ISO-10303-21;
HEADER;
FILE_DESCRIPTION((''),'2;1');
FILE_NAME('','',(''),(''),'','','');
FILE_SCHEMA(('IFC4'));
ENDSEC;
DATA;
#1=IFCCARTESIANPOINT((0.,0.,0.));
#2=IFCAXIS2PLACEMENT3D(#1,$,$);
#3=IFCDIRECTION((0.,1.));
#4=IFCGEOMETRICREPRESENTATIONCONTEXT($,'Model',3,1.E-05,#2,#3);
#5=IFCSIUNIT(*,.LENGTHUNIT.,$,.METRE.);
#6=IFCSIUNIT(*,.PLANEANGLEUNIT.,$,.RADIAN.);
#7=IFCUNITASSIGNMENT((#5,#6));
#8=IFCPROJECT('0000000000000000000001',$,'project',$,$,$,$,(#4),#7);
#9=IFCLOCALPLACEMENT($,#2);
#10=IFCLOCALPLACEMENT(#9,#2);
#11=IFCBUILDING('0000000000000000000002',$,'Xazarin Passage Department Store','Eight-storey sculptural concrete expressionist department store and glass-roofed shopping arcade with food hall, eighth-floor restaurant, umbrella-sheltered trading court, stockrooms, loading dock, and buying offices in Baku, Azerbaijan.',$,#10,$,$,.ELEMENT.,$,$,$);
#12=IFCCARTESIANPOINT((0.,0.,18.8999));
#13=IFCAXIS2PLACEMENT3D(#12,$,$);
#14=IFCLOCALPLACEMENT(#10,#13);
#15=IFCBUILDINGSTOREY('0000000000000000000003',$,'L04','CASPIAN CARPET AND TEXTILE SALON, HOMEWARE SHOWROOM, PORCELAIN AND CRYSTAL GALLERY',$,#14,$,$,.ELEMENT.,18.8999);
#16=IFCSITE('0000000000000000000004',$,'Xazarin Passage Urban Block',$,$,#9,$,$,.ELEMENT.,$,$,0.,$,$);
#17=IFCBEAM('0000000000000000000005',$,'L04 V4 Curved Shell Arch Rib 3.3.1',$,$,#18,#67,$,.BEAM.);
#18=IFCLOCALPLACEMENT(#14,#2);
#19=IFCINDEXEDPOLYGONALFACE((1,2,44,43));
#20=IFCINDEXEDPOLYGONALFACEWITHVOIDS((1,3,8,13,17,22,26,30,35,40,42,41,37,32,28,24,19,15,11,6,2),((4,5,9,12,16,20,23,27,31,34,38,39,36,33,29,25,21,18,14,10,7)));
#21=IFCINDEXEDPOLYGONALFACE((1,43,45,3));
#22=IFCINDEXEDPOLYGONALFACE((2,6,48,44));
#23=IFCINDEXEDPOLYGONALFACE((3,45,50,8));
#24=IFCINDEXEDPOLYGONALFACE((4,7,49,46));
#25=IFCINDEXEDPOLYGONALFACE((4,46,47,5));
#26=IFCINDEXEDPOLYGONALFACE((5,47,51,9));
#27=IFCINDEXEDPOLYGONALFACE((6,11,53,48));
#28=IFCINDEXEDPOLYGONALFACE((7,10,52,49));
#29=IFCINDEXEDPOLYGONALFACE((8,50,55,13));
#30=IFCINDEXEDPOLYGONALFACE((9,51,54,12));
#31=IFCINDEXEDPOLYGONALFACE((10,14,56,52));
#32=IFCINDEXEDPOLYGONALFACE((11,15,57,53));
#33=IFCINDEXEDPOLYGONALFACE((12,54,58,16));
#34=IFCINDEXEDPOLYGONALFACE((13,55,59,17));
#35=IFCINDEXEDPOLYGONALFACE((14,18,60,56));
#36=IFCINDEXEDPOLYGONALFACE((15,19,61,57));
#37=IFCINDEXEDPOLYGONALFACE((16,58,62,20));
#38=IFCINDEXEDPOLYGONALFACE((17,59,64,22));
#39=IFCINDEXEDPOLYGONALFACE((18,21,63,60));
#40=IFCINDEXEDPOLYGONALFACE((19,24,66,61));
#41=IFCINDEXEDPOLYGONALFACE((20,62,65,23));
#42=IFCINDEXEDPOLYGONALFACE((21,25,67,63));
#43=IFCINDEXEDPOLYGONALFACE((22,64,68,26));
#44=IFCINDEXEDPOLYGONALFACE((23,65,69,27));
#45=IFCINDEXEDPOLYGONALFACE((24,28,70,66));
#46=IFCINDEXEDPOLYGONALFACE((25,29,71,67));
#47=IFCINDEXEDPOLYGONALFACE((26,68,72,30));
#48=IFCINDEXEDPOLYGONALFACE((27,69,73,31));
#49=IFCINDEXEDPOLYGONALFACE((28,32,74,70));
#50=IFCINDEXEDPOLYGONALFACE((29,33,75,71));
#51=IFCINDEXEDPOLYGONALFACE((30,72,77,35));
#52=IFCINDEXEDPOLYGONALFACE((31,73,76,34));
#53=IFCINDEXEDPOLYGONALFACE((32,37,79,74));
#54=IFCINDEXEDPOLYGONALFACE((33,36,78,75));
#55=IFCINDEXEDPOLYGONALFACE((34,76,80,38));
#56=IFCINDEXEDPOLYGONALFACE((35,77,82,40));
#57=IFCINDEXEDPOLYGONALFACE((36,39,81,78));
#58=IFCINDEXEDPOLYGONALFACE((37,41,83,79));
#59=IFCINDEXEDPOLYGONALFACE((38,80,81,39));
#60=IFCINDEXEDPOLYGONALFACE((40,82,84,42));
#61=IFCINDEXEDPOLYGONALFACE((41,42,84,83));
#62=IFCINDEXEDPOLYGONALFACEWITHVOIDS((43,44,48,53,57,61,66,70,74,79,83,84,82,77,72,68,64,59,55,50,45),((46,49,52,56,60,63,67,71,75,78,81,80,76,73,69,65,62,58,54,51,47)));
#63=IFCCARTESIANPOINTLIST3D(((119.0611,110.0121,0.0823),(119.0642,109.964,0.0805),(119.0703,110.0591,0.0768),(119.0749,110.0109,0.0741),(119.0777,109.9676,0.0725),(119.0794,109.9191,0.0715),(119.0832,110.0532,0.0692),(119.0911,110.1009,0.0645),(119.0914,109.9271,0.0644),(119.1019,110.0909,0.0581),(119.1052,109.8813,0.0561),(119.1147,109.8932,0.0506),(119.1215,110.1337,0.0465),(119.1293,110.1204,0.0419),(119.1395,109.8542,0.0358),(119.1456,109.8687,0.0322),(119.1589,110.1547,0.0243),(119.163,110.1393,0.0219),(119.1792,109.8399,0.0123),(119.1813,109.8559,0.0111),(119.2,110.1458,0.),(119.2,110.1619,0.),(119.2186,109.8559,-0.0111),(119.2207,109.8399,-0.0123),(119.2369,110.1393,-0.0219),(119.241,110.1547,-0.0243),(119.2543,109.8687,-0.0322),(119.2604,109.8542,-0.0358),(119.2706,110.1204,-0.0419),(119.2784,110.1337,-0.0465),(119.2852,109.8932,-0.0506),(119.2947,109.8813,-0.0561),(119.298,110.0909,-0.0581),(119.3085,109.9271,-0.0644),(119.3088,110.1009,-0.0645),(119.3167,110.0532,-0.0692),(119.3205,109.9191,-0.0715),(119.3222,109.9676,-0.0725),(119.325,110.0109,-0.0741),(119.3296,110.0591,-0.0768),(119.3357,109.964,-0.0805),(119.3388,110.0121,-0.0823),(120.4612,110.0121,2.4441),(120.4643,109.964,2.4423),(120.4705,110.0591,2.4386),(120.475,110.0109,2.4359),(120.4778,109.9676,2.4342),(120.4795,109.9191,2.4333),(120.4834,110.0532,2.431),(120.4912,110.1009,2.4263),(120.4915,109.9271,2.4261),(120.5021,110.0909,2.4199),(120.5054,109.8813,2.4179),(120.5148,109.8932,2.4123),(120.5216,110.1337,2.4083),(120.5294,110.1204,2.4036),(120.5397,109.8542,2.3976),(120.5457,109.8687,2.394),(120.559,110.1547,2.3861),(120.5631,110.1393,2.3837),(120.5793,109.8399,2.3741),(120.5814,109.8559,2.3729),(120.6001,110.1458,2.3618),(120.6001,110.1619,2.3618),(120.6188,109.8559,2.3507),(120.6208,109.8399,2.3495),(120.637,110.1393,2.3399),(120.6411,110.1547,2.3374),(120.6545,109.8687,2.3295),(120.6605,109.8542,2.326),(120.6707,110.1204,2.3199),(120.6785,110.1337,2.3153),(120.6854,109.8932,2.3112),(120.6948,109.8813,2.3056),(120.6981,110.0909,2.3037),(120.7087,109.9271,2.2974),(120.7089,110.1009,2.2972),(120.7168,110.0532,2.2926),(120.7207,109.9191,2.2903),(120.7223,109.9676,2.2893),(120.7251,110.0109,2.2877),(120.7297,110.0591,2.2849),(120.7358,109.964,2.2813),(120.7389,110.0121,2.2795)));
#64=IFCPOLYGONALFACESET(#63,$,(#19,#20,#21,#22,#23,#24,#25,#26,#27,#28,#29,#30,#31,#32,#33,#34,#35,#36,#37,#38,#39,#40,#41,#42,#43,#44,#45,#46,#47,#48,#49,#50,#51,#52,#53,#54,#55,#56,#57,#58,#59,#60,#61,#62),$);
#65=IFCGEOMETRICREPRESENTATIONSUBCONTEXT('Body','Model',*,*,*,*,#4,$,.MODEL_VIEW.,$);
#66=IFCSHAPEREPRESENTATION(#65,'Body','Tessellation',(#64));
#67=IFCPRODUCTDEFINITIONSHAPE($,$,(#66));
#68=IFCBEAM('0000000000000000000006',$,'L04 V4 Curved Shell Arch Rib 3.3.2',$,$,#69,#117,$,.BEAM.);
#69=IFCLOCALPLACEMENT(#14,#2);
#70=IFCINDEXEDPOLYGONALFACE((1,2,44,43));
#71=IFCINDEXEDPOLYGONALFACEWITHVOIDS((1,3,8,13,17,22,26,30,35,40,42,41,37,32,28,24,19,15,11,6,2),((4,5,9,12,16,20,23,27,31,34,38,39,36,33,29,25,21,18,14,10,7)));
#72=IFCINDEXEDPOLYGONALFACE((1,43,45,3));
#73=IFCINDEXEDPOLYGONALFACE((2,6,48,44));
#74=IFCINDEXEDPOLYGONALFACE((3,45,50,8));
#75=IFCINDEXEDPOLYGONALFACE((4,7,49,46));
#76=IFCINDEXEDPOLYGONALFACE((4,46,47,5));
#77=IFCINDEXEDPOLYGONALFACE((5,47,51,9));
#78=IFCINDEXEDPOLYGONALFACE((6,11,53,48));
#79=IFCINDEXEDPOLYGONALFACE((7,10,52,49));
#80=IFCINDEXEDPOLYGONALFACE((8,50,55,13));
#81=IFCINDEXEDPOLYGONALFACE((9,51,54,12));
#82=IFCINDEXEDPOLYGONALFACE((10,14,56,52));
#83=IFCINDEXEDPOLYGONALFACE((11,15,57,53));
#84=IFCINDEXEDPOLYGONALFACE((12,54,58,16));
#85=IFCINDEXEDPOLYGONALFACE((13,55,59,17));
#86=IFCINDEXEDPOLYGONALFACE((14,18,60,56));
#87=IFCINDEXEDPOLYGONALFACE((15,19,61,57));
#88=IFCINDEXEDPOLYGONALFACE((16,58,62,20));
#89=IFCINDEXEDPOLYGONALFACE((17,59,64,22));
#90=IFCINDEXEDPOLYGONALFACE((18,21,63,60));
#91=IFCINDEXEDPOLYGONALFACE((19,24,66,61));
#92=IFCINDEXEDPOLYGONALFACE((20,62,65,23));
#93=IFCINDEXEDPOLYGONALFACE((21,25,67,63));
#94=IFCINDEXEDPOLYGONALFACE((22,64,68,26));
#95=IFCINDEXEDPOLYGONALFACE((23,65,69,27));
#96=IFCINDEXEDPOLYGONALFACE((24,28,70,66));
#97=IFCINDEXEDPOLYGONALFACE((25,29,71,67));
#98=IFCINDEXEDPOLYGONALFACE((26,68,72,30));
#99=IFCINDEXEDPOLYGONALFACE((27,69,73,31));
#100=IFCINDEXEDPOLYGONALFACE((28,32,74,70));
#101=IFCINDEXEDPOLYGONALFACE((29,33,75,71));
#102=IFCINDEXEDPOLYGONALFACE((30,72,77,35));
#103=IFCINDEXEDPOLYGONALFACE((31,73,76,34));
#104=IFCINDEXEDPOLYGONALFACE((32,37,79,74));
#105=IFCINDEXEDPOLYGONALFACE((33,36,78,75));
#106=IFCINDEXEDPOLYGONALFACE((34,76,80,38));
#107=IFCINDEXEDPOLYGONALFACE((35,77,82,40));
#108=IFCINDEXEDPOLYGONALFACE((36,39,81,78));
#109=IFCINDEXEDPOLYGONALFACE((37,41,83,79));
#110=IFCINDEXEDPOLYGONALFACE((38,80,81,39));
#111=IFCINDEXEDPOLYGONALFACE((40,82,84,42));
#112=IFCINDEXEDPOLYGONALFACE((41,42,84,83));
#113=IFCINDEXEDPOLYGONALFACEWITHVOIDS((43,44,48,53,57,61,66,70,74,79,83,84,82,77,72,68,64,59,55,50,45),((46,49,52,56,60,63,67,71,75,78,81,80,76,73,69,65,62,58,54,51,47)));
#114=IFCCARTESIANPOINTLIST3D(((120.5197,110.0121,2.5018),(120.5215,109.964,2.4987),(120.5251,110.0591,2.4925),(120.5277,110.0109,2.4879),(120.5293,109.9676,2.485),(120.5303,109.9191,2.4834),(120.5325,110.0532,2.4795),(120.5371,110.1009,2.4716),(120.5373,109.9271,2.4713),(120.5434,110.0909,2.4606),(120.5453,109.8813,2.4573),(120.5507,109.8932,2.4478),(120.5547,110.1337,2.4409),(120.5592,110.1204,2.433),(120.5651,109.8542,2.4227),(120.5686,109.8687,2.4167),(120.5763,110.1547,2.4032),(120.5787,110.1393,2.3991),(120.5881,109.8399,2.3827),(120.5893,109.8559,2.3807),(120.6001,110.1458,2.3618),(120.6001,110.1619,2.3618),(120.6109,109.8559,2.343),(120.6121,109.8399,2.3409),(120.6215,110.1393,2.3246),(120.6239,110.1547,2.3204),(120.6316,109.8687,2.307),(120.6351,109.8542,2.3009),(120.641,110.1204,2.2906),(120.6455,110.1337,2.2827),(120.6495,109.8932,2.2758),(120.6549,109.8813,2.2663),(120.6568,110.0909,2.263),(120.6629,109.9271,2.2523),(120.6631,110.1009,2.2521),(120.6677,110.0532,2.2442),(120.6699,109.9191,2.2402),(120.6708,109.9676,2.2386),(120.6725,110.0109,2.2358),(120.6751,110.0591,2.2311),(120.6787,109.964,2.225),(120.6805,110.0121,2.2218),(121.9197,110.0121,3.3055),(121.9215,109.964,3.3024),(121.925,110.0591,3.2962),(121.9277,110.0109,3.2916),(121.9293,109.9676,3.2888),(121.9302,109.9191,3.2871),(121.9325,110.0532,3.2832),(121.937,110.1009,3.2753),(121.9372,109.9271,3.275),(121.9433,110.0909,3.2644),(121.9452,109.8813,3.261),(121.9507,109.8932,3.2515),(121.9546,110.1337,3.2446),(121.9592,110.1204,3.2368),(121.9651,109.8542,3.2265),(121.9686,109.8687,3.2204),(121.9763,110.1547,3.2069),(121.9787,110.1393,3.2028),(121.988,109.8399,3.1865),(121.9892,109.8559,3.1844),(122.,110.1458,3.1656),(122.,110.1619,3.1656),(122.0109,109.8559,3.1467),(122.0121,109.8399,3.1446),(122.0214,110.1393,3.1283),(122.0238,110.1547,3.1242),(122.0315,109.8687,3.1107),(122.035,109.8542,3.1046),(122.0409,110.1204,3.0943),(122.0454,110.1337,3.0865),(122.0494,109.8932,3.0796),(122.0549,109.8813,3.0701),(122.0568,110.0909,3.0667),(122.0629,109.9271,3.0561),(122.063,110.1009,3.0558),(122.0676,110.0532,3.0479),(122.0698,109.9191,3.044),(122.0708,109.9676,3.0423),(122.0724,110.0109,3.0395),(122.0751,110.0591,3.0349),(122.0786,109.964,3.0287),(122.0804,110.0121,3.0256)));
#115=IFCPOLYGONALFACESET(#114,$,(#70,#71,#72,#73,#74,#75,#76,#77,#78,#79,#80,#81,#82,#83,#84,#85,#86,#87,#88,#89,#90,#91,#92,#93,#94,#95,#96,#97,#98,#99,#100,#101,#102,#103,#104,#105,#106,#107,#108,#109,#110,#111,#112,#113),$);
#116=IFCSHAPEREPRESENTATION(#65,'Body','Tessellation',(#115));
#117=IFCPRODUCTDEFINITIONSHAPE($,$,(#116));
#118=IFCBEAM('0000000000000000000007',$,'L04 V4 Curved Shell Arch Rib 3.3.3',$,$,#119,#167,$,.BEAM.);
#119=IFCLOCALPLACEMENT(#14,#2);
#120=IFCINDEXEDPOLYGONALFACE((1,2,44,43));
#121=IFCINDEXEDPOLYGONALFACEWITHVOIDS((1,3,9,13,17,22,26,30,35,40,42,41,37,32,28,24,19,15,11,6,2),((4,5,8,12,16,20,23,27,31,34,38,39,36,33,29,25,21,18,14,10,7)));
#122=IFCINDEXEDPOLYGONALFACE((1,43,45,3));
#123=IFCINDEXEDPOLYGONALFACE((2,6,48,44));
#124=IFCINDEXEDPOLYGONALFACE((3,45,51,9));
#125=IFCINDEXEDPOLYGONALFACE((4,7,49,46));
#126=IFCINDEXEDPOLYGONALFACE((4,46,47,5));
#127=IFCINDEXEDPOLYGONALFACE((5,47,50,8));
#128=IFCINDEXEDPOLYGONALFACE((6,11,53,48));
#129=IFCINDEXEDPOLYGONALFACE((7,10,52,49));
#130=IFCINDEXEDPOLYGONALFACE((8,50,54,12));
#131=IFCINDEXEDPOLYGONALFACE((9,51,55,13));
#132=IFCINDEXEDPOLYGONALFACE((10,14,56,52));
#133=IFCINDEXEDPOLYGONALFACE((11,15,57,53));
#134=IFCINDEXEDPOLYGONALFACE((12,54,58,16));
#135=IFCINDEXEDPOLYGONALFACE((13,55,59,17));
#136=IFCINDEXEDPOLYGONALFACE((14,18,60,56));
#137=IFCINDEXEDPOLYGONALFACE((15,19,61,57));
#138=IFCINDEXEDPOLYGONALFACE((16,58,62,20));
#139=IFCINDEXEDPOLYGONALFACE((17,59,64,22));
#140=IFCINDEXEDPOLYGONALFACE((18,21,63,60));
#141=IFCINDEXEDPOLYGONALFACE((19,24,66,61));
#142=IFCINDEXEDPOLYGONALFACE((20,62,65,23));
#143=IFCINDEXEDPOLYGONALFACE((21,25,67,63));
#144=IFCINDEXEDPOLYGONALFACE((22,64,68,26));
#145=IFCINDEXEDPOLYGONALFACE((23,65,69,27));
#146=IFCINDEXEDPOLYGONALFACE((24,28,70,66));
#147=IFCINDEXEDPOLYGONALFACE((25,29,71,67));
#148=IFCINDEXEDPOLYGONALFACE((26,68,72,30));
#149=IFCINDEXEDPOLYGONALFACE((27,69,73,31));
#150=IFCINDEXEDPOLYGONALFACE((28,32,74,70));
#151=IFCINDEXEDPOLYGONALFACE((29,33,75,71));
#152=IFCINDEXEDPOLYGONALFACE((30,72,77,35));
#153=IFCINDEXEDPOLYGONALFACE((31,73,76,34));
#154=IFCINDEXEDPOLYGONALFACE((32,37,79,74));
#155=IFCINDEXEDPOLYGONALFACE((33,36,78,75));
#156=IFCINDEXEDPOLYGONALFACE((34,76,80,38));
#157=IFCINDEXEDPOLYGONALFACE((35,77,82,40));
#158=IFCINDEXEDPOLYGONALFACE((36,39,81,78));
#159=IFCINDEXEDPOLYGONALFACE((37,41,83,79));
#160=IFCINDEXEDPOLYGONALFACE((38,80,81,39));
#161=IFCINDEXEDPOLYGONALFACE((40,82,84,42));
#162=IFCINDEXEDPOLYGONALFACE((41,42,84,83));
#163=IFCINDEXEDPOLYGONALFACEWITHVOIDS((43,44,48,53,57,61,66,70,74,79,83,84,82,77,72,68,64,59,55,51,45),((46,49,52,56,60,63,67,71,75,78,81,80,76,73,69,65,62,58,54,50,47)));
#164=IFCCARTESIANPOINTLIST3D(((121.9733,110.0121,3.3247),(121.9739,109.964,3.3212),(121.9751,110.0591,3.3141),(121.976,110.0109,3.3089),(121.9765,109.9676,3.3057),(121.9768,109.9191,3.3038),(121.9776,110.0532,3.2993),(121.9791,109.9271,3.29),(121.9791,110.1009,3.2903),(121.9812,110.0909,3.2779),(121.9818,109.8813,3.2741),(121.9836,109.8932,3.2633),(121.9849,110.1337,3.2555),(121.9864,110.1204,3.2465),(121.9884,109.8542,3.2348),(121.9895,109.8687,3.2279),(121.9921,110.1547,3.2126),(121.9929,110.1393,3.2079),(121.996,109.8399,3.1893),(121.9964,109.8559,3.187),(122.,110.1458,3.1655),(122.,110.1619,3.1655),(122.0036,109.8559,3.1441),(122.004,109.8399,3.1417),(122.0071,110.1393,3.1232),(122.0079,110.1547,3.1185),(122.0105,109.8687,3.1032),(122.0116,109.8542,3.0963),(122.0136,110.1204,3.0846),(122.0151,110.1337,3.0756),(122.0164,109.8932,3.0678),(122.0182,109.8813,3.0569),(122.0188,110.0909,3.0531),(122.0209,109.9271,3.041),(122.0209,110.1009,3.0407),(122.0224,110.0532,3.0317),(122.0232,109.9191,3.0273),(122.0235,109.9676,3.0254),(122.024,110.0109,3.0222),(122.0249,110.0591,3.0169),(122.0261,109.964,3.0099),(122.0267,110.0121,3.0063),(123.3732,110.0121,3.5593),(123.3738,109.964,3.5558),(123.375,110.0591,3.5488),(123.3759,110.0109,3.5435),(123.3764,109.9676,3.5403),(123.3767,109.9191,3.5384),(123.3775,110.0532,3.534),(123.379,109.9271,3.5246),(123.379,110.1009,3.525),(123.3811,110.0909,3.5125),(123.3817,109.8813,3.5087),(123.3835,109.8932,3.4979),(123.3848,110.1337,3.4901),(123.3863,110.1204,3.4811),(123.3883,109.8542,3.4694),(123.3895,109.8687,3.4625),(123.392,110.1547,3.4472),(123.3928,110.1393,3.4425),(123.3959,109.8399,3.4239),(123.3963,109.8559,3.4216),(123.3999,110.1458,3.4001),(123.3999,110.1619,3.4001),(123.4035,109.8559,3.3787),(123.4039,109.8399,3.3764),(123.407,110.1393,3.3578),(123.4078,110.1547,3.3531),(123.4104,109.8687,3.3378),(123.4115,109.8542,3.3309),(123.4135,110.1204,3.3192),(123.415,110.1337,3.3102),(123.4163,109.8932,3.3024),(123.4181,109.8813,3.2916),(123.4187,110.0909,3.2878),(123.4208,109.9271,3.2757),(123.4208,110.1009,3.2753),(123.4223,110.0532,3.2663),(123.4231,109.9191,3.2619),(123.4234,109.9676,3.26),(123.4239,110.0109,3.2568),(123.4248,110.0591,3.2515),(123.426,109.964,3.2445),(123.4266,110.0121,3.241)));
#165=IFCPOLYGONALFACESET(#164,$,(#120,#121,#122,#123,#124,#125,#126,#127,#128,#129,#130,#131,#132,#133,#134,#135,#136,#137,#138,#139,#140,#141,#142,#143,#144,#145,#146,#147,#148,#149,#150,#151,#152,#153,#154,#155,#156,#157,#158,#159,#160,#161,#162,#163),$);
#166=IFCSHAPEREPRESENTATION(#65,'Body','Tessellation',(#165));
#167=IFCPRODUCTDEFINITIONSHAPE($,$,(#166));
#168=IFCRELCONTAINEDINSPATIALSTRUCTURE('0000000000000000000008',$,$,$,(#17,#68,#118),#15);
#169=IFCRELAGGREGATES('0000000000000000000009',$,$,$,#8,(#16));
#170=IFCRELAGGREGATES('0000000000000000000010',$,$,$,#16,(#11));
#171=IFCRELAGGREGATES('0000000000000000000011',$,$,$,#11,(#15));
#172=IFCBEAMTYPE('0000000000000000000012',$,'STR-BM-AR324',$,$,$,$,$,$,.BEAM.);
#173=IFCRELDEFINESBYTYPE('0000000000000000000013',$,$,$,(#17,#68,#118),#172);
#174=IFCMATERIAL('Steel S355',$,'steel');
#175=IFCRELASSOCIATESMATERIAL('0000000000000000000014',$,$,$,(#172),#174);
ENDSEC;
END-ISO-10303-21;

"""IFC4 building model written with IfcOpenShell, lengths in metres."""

from ifc_helpers import new_model, si_unit, direction, frame, origin, origin_2d, place, context, subcontext, project, spatial, hollow_circle, extrude, material, material_profile, profile_set, type_object, element, save


model = new_model("IFC4")

# Units and contexts
model_context = context("Model", 3, precision=1e-05, world=origin(), true_north=direction((0.0, 1.0)))
body_context = subcontext(model_context, "Body", "Model", "MODEL_VIEW")
ifc_project = project(units=[si_unit("LENGTHUNIT", "METRE"), si_unit("PLANEANGLEUNIT", "RADIAN")], contexts=[model_context])

# Site, building, storey
site_placement = place(None, origin())
site = spatial("IfcSite", under=ifc_project, at=site_placement, Name="Xazarin Passage Urban Block", CompositionType="ELEMENT", RefElevation=0.0)
building_placement = place(site_placement, origin())
building = spatial("IfcBuilding", under=site, at=building_placement, Name="Xazarin Passage Department Store", Description="Eight-storey sculptural concrete expressionist department store and glass-roofed shopping arcade with food hall, eighth-floor restaurant, umbrella-sheltered trading court, stockrooms, loading dock, and buying offices in Baku, Azerbaijan.", CompositionType="ELEMENT")
storey_placement = place(building_placement, frame((0.0, 0.0, 18.8999)))
storey = spatial("IfcBuildingStorey", under=building, at=storey_placement, Name="L04", Description="CASPIAN CARPET AND TEXTILE SALON, HOMEWARE SHOWROOM, PORCELAIN AND CRYSTAL GALLERY", CompositionType="ELEMENT", Elevation=18.8999)

# Beams
ifc_material_1 = material(Name="Steel S355", Category="steel")
ifc_material_profile_1 = material_profile(ifc_material_1, hollow_circle(Radius=0.1619, WallThickness=0.0161, at=origin_2d()), Name="CHS 323.9x16")
ifc_profile_set_1 = profile_set([ifc_material_profile_1], Name="Steel S355")
beam_type_1 = type_object("IfcBeamType", Name="STR-BM-AR324", PredefinedType="BEAM", material=ifc_profile_set_1)
beam_1_placement = place(storey_placement, frame((119.2, 110.0, 0.0), z_axis=(0.509951, 0.0, 0.860203), x_axis=(0.0, 1.0, 0.0)))
element("IfcBeam", 1, at=beam_1_placement, inside=storey, type_object=beam_type_1, Name="L04 V4 Curved Shell Arch Rib 3.3.1", PredefinedType="BEAM", context=body_context, shape_type="SweptSolid", body=[
    extrude(hollow_circle(Radius=0.1619, WallThickness=0.0161, at=origin_2d()), origin(), (0.0, 0.0, 1.0), 2.7456),
])
beam_2_placement = place(storey_placement, frame((120.6001, 110.0, 2.3618), z_axis=(0.867236, 0.0, 0.497897), x_axis=(0.0, 1.0, 0.0)))
element("IfcBeam", 2, at=beam_2_placement, inside=storey, type_object=beam_type_1, Name="L04 V4 Curved Shell Arch Rib 3.3.2", PredefinedType="BEAM", context=body_context, shape_type="SweptSolid", body=[
    extrude(hollow_circle(Radius=0.1619, WallThickness=0.0161, at=origin_2d()), origin(), (0.0, 0.0, 1.0), 1.6143),
])
beam_3_placement = place(storey_placement, frame((122.0, 110.0, 3.1655), z_axis=(0.986245, 0.0, 0.165291), x_axis=(0.0, 1.0, 0.0)))
element("IfcBeam", 3, at=beam_3_placement, inside=storey, type_object=beam_type_1, Name="L04 V4 Curved Shell Arch Rib 3.3.3", PredefinedType="BEAM", context=body_context, shape_type="SweptSolid", body=[
    extrude(hollow_circle(Radius=0.1619, WallThickness=0.0161, at=origin_2d()), origin(), (0.0, 0.0, 1.0), 1.4194),
])

save(model, "model.ifc")
